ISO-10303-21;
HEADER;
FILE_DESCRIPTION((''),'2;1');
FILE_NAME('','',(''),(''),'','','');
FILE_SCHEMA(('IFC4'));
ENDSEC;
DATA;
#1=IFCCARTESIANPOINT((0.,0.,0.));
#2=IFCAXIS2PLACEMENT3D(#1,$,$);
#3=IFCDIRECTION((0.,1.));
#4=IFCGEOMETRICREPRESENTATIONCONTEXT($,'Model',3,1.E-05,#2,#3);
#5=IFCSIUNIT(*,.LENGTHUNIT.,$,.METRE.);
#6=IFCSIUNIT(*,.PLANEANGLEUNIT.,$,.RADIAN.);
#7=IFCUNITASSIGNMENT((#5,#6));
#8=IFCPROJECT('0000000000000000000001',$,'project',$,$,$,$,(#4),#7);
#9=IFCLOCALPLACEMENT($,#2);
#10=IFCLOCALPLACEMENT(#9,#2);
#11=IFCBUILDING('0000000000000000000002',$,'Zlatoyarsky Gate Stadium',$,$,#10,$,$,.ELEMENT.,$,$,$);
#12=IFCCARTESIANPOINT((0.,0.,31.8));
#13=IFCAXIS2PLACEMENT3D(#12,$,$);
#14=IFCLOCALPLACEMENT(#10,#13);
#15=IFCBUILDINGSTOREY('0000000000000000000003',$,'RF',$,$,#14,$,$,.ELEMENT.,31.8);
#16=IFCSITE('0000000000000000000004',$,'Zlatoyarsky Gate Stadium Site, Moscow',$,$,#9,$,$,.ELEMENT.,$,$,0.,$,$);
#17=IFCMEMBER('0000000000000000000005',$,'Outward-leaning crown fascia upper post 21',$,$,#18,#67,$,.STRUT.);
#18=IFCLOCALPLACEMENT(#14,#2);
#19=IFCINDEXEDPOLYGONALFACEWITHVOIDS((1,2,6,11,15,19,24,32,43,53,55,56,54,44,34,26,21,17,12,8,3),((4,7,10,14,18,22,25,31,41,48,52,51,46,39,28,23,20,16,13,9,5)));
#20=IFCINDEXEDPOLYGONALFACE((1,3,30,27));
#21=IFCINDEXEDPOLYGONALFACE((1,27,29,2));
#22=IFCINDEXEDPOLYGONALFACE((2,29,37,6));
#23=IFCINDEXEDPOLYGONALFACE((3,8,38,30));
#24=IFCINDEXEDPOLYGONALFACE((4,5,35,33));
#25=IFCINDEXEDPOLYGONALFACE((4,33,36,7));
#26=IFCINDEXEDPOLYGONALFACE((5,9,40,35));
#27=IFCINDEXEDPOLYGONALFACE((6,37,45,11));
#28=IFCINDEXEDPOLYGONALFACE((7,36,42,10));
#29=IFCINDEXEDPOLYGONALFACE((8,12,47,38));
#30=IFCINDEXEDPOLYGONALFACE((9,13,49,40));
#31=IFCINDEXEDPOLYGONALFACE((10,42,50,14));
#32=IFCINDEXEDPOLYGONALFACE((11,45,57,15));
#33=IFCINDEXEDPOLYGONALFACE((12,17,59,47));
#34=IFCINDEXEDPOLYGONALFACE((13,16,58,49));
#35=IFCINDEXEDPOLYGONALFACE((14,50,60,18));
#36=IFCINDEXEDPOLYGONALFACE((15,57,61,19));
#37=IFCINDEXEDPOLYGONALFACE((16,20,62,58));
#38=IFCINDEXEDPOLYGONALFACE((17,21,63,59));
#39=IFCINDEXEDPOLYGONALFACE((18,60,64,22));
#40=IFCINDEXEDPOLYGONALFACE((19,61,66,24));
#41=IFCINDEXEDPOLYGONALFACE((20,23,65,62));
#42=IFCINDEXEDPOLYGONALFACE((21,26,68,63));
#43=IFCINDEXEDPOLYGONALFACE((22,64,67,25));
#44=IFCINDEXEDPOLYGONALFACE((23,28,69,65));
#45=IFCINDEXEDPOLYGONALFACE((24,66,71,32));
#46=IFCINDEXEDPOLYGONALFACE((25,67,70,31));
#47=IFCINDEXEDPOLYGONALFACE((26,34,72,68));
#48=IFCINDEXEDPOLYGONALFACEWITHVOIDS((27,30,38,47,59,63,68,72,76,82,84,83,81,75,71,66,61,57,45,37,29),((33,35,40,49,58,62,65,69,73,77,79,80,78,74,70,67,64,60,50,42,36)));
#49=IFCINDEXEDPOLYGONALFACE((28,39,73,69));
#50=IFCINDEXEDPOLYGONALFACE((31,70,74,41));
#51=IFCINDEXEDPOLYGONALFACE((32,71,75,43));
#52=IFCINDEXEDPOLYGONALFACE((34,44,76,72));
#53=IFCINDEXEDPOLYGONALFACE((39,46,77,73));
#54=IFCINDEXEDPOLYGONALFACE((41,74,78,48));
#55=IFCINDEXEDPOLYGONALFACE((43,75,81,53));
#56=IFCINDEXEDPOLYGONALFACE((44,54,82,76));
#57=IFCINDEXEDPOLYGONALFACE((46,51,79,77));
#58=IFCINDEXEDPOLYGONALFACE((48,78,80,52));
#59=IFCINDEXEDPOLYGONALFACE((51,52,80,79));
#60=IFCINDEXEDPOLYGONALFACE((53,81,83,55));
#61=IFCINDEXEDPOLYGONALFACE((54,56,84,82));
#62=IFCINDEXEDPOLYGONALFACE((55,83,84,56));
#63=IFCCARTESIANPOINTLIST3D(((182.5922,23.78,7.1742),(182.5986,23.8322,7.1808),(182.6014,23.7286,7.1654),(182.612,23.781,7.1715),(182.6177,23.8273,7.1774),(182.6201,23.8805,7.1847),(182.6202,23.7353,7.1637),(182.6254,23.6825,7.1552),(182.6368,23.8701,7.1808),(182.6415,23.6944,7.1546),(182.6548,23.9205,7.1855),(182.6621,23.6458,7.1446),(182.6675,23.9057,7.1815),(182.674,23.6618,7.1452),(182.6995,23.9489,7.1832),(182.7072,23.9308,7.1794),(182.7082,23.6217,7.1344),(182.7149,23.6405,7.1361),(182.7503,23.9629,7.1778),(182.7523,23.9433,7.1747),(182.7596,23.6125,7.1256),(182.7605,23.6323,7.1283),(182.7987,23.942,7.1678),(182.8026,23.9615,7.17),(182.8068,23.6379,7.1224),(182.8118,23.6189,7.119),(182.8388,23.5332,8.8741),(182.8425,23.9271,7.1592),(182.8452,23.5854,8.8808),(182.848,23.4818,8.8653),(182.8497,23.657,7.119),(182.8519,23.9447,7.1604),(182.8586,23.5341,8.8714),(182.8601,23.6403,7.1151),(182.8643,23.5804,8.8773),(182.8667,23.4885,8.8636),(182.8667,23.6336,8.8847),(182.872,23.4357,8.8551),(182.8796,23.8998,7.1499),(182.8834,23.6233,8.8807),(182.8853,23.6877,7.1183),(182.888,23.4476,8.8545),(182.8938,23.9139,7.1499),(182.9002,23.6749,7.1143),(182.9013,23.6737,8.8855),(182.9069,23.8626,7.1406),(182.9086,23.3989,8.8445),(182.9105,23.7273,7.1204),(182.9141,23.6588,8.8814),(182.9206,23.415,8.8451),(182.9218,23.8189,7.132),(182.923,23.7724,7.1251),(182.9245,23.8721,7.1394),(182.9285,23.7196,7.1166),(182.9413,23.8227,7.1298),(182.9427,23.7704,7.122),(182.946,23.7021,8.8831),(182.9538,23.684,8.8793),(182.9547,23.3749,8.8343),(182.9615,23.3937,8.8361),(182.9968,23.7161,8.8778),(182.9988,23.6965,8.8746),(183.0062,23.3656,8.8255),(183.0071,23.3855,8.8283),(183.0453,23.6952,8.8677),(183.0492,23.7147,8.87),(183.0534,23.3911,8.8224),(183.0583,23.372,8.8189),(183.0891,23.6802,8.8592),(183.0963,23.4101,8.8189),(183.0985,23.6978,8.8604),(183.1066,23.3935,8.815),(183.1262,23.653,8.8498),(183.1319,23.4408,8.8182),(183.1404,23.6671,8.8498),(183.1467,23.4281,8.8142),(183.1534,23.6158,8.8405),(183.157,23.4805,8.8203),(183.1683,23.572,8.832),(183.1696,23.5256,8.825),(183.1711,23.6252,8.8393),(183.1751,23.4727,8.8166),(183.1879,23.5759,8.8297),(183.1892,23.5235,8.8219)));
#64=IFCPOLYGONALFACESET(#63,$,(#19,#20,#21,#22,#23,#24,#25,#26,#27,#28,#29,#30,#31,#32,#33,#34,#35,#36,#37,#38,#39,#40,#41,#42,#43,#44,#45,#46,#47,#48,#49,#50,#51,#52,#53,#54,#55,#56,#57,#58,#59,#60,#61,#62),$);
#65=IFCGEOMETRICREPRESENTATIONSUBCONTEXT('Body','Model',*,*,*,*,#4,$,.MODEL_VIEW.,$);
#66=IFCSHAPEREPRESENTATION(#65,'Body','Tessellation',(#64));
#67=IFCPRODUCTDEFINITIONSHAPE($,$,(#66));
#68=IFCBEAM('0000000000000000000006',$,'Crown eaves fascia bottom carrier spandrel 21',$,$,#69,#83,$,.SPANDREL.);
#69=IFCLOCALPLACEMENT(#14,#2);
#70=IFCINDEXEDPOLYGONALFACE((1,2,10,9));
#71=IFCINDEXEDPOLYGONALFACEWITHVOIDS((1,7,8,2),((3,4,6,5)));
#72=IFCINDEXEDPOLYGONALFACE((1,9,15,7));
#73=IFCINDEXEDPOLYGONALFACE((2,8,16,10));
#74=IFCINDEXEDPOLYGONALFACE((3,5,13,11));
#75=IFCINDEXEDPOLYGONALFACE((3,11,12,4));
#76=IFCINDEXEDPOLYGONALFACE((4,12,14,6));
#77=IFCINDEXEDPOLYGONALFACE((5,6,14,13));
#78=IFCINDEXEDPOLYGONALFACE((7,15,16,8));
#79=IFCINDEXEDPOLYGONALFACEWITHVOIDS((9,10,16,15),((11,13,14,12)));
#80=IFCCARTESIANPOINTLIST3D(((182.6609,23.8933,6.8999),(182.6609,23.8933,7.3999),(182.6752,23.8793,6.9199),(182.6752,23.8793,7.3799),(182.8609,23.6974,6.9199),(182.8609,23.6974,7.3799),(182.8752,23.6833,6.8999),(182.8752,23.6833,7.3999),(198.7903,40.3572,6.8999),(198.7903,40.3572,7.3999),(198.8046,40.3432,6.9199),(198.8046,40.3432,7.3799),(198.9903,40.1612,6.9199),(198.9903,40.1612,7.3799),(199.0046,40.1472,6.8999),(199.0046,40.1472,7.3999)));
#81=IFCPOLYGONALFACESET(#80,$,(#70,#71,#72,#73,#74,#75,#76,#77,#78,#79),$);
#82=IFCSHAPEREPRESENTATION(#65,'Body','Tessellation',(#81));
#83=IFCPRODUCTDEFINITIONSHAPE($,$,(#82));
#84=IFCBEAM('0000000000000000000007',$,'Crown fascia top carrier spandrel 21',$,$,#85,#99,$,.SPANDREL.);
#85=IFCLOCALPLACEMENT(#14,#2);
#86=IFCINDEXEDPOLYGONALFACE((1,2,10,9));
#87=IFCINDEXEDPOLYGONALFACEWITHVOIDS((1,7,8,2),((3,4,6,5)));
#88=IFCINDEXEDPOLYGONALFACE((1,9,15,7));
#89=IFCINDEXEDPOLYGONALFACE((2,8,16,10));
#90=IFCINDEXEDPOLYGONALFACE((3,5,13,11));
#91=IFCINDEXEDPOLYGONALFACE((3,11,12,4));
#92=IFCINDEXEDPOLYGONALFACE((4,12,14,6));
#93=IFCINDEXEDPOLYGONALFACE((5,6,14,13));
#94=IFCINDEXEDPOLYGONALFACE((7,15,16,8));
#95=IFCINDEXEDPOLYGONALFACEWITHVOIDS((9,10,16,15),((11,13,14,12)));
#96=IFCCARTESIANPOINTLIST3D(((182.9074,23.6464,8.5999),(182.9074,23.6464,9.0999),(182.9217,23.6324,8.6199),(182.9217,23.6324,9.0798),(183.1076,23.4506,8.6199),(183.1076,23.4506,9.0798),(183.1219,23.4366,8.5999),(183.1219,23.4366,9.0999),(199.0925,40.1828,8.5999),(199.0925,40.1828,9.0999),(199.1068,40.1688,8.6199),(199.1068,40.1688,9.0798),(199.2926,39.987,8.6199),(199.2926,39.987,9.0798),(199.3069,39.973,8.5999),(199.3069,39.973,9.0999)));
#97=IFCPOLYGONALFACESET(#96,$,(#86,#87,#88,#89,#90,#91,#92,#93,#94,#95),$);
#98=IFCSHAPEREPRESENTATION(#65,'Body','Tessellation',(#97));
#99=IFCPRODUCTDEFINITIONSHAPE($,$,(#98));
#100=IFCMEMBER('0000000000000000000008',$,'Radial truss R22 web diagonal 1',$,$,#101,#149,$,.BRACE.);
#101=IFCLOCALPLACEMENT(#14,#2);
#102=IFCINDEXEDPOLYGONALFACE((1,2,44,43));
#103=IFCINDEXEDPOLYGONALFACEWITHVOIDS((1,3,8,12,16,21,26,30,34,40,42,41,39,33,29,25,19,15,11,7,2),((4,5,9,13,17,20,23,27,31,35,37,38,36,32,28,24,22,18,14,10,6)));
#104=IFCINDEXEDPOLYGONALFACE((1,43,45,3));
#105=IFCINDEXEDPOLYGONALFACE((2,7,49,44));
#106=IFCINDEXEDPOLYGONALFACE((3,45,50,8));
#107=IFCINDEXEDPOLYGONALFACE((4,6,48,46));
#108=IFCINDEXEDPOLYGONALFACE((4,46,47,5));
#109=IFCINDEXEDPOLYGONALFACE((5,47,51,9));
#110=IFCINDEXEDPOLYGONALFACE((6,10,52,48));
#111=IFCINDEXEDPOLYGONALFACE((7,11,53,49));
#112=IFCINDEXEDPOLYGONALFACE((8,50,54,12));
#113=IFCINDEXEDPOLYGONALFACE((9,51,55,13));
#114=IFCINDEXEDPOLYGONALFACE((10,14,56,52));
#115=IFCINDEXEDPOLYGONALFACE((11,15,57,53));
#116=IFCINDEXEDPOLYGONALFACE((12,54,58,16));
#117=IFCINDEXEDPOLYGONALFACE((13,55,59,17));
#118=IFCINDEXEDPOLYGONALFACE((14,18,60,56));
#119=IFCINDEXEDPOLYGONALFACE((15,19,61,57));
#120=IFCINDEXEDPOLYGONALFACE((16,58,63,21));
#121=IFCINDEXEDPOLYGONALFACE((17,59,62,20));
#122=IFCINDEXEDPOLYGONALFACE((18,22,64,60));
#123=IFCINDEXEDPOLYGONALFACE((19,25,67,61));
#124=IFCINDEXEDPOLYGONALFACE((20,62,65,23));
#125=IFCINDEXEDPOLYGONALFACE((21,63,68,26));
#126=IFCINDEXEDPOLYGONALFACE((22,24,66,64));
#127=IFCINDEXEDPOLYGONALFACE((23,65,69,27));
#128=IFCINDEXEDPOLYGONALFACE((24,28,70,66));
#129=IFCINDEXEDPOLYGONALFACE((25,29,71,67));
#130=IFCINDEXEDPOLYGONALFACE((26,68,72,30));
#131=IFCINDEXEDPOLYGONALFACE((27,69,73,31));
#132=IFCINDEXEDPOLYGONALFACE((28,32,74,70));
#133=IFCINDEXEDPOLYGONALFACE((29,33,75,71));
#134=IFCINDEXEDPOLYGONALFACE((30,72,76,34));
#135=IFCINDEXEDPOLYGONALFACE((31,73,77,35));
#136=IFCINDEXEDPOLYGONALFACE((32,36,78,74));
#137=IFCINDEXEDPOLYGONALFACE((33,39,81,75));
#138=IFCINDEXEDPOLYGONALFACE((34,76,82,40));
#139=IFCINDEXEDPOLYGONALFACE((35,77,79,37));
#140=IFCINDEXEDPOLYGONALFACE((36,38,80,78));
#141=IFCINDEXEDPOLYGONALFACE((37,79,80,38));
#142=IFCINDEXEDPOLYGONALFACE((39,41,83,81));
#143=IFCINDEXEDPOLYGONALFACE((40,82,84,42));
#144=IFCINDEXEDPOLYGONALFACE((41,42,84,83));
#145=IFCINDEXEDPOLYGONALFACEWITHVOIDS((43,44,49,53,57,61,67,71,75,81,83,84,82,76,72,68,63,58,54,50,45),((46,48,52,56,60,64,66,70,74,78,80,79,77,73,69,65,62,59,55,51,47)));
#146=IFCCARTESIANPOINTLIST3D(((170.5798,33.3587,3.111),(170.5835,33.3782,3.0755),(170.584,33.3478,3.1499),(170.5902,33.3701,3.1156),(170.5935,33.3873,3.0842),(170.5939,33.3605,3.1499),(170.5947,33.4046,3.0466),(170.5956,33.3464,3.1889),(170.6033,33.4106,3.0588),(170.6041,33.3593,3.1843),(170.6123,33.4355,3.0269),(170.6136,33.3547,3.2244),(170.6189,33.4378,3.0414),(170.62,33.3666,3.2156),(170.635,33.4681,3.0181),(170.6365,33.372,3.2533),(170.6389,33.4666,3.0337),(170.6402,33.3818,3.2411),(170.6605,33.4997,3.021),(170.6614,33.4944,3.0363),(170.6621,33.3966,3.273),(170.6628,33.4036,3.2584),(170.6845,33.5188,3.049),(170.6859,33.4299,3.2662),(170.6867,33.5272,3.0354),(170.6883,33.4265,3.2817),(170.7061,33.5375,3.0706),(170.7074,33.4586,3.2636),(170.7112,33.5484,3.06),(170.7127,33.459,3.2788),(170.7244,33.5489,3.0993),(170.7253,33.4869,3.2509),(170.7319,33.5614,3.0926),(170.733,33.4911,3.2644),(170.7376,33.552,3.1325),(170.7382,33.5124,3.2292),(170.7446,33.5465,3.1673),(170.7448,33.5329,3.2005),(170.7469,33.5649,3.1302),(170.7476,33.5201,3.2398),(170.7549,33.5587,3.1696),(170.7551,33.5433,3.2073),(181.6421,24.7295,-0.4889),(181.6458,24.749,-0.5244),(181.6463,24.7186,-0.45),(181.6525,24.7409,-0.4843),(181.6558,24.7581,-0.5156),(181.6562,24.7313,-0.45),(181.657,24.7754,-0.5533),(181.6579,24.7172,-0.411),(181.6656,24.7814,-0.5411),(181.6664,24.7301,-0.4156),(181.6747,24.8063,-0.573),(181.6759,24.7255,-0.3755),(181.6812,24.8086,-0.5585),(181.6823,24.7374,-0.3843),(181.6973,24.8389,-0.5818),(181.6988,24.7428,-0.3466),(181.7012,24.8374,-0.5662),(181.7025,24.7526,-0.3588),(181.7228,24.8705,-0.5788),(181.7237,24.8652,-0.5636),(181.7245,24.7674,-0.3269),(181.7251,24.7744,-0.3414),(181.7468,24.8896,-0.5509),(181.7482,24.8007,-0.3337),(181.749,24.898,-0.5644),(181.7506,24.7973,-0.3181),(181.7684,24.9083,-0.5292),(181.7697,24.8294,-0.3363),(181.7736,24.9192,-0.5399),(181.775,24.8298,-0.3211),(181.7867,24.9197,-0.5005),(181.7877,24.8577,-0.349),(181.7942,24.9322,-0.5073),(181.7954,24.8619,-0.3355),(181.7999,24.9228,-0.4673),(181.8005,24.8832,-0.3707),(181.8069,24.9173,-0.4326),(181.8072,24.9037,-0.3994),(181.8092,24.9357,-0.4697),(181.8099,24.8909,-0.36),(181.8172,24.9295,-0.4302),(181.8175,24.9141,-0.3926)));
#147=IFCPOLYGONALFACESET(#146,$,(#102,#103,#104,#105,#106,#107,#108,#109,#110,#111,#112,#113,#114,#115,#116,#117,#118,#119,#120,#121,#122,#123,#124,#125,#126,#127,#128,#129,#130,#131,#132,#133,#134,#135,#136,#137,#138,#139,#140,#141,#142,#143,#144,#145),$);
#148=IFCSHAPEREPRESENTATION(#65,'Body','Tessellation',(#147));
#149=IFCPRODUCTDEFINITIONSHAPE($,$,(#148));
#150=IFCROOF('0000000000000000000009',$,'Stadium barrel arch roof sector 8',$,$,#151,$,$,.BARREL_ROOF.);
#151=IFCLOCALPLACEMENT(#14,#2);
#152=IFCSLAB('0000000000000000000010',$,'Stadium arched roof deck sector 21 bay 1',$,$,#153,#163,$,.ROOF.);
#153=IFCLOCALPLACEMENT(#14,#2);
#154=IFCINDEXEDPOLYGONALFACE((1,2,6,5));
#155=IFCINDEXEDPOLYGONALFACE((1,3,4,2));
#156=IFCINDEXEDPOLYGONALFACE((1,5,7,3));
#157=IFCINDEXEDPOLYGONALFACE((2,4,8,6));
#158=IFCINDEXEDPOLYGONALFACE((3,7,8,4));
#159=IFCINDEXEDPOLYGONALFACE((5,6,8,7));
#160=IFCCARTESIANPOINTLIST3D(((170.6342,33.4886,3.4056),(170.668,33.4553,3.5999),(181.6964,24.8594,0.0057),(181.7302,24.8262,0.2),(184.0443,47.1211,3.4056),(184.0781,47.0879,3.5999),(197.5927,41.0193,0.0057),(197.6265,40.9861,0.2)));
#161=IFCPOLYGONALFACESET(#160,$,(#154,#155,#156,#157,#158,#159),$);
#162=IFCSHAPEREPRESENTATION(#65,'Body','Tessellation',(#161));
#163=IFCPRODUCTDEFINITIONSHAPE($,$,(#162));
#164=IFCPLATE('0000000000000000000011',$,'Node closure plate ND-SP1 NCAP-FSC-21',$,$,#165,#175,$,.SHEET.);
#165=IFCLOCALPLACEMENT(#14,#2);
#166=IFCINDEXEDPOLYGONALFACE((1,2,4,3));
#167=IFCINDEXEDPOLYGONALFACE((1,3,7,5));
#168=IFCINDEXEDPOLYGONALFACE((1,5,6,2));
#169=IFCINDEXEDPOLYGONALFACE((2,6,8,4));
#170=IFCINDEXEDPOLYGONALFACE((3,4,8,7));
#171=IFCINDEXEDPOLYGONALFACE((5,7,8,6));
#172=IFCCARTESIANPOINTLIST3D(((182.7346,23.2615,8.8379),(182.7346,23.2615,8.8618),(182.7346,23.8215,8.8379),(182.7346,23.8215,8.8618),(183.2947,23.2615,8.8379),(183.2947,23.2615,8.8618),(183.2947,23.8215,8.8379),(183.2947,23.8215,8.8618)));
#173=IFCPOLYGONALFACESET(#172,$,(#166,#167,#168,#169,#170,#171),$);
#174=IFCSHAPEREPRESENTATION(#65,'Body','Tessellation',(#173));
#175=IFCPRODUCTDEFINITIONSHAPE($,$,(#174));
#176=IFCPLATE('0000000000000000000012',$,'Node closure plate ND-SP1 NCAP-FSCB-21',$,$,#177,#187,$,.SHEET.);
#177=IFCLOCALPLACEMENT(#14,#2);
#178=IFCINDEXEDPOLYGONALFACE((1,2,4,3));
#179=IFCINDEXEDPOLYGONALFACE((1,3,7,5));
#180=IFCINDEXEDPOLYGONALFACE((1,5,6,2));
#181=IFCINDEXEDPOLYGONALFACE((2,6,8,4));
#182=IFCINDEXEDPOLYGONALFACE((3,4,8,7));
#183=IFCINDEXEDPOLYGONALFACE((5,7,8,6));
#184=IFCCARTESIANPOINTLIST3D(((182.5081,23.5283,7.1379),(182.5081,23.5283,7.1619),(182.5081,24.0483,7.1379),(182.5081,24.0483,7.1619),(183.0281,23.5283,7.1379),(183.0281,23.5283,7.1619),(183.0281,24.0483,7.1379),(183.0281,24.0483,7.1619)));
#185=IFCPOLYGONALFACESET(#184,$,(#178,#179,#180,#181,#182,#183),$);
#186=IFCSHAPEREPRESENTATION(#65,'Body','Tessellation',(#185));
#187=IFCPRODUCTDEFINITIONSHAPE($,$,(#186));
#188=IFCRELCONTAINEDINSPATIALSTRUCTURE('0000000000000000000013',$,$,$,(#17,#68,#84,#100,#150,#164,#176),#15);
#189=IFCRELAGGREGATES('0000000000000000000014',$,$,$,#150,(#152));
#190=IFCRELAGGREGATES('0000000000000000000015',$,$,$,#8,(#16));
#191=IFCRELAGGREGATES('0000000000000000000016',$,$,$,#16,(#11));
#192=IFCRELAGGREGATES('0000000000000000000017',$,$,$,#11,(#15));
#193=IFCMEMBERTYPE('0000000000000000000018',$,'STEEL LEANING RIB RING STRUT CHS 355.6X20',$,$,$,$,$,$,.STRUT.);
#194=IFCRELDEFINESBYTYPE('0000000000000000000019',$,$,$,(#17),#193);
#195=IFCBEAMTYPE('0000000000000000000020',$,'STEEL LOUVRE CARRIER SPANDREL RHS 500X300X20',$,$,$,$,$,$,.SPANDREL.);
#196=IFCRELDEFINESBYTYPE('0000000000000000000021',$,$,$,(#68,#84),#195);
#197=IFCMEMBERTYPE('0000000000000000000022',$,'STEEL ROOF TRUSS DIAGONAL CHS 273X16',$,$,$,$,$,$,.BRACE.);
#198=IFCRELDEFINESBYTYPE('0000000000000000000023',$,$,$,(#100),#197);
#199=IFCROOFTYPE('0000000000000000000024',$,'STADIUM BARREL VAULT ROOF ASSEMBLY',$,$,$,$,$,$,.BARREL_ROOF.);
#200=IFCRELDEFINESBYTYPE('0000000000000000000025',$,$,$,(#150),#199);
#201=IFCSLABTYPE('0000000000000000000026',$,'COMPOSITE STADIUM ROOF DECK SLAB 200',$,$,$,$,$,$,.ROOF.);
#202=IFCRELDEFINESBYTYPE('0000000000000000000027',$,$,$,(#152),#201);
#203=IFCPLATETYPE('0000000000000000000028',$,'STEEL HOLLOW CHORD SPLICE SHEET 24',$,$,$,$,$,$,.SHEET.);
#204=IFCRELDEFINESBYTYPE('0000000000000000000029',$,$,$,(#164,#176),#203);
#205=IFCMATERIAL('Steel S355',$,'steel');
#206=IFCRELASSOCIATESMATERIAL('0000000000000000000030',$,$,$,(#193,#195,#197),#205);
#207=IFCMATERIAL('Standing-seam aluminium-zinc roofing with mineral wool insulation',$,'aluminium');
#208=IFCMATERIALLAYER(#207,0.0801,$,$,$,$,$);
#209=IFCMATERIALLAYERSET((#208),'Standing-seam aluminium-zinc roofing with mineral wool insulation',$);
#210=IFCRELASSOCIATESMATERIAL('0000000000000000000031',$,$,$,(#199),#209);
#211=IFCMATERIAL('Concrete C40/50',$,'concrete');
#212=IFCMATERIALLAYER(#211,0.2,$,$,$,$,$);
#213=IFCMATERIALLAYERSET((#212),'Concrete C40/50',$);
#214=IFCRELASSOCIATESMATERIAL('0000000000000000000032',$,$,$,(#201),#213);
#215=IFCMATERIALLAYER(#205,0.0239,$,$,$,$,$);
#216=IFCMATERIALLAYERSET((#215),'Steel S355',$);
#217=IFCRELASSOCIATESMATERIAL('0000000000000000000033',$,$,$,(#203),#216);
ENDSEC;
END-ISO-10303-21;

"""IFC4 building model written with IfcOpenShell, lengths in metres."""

from ifc_helpers import new_model, si_unit, direction, frame, origin, origin_2d, place, context, subcontext, project, spatial, polyline, rectangle, hollow_rectangle, hollow_circle, outline, extrude, material, layer, layer_set, material_profile, profile_set, type_object, element, aggregate, save


model = new_model("IFC4")

# Units and contexts
model_context = context("Model", 3, precision=1e-05, world=origin(), true_north=direction((0.0, 1.0)))
body_context = subcontext(model_context, "Body", "Model", "MODEL_VIEW")
ifc_project = project(units=[si_unit("LENGTHUNIT", "METRE"), si_unit("PLANEANGLEUNIT", "RADIAN")], contexts=[model_context])

# Site, building, storey
site_placement = place(None, origin())
site = spatial("IfcSite", under=ifc_project, at=site_placement, Name="Zlatoyarsky Gate Stadium Site, Moscow", CompositionType="ELEMENT", RefElevation=0.0)
building_placement = place(site_placement, origin())
building = spatial("IfcBuilding", under=site, at=building_placement, Name="Zlatoyarsky Gate Stadium", CompositionType="ELEMENT")
storey_placement = place(building_placement, frame((0.0, 0.0, 31.8)))
storey = spatial("IfcBuildingStorey", under=building, at=storey_placement, Name="RF", CompositionType="ELEMENT", Elevation=31.8)

# Member
ifc_material_1 = material(Name="Steel S355", Category="steel")
ifc_material_profile_1 = material_profile(ifc_material_1, hollow_circle(Radius=0.1777, WallThickness=0.02, at=origin_2d()), Name="CHS 355.6X20")
ifc_profile_set_1 = profile_set([ifc_material_profile_1], Name="Steel S355")
member_type_1 = type_object("IfcMemberType", Name="STEEL LEANING RIB RING STRUT CHS 355.6X20", PredefinedType="STRUT", material=ifc_profile_set_1)
member_1_placement = place(storey_placement, frame((182.7681, 23.7883, 7.1499), z_axis=(0.142091, -0.142231, 0.979582), x_axis=(0.707457, 0.706757, 0.0)))
element("IfcMember", 1, at=member_1_placement, inside=storey, type_object=member_type_1, Name="Outward-leaning crown fascia upper post 21", PredefinedType="STRUT", context=body_context, shape_type="SweptSolid", body=[
    extrude(hollow_circle(Radius=0.1777, WallThickness=0.02, at=origin_2d()), origin(), (0.0, 0.0, 1.0), 1.7354),
])

# Beams
ifc_material_profile_2 = material_profile(ifc_material_1, hollow_rectangle(XDim=0.3, YDim=0.5, WallThickness=0.02, at=origin_2d()), Name="RHS 500X300X20")
ifc_profile_set_2 = profile_set([ifc_material_profile_2], Name="Steel S355")
beam_type = type_object("IfcBeamType", Name="STEEL LOUVRE CARRIER SPANDREL RHS 500X300X20", PredefinedType="SPANDREL", material=ifc_profile_set_2)
beam_1_placement = place(storey_placement, frame((182.7681, 23.7883, 7.1499), z_axis=(0.699814, 0.714326, 0.0), x_axis=(-0.714326, 0.699814, 0.0)))
element("IfcBeam", 2, at=beam_1_placement, inside=storey, type_object=beam_type, Name="Crown eaves fascia bottom carrier spandrel 21", PredefinedType="SPANDREL", context=body_context, shape_type="SweptSolid", body=[
    extrude(hollow_rectangle(XDim=0.3, YDim=0.5, WallThickness=0.02, at=origin_2d()), origin(), (0.0, 0.0, 1.0), 23.0481),
])
beam_2_placement = place(storey_placement, frame((183.0146, 23.5415, 8.8499), z_axis=(0.699475, 0.714658, 0.0), x_axis=(-0.714658, 0.699475, 0.0)))
element("IfcBeam", 3, at=beam_2_placement, inside=storey, type_object=beam_type, Name="Crown fascia top carrier spandrel 21", PredefinedType="SPANDREL", context=body_context, shape_type="SweptSolid", body=[
    extrude(hollow_rectangle(XDim=0.3, YDim=0.5, WallThickness=0.02, at=origin_2d()), origin(), (0.0, 0.0, 1.0), 23.1389),
])

# Member
ifc_material_profile_3 = material_profile(ifc_material_1, hollow_circle(Radius=0.1365, WallThickness=0.0161, at=origin_2d()), Name="CHS 273X16")
ifc_profile_set_3 = profile_set([ifc_material_profile_3], Name="Steel S355")
member_type_2 = type_object("IfcMemberType", Name="STEEL ROOF TRUSS DIAGONAL CHS 273X16", PredefinedType="BRACE", material=ifc_profile_set_3)
member_2_placement = place(storey_placement, frame((181.7302, 24.8262, -0.45), z_axis=(-0.763742, 0.595759, 0.248535), x_axis=(-0.615058, -0.788482, 0.0)))
element("IfcMember", 4, at=member_2_placement, inside=storey, type_object=member_type_2, Name="Radial truss R22 web diagonal 1", PredefinedType="BRACE", context=body_context, shape_type="SweptSolid", body=[
    extrude(hollow_circle(Radius=0.1365, WallThickness=0.0161, at=origin_2d()), origin(), (0.0, 0.0, 1.0), 14.4844),
])

# Roof, slab
ifc_material_2 = material(Name="Standing-seam aluminium-zinc roofing with mineral wool insulation", Category="aluminium")
ifc_layer_1 = layer(ifc_material_2, 0.0801)
ifc_layer_set_1 = layer_set([ifc_layer_1], Name="Standing-seam aluminium-zinc roofing with mineral wool insulation")
roof_type = type_object("IfcRoofType", Name="STADIUM BARREL VAULT ROOF ASSEMBLY", PredefinedType="BARREL_ROOF", material=ifc_layer_set_1)
roof_placement = place(storey_placement, origin())
roof = element("IfcRoof", 5, at=roof_placement, inside=storey, type_object=roof_type, Name="Stadium barrel arch roof sector 8", PredefinedType="BARREL_ROOF")
ifc_material_3 = material(Name="Concrete C40/50", Category="concrete")
ifc_layer_2 = layer(ifc_material_3, 0.2)
ifc_layer_set_2 = layer_set([ifc_layer_2], Name="Concrete C40/50")
slab_type = type_object("IfcSlabType", Name="COMPOSITE STADIUM ROOF DECK SLAB 200", PredefinedType="ROOF", material=ifc_layer_set_2)
slab_placement = place(storey_placement, frame((181.7302, 24.8262, 0.2), z_axis=(0.168949, -0.166192, 0.971513), x_axis=(0.701267, 0.712899, 0.0)))
slab = element("IfcSlab", 6, at=slab_placement, type_object=slab_type, Name="Stadium arched roof deck sector 21 bay 1", PredefinedType="ROOF", context=body_context, shape_type="SweptSolid", body=[
    extrude(outline(polyline([(0.0, 0.0), (22.6679, 0.0), (17.5169, 14.3463), (-1.6059, 14.3463), (0.0, 0.0)])), origin(), (0.0, 0.0, -1.0), 0.2),
])

# Plates
ifc_layer_3 = layer(ifc_material_1, 0.0239)
ifc_layer_set_3 = layer_set([ifc_layer_3], Name="Steel S355")
plate_type_1 = type_object("IfcPlateType", Name="STEEL HOLLOW CHORD SPLICE SHEET 24", PredefinedType="SHEET", material=ifc_layer_set_3)
plate_1_placement = place(storey_placement, frame((183.0146, 23.5415, 8.8379), z_axis=(0.0, 0.0, 1.0), x_axis=(1.0, 0.0, 0.0)))
element("IfcPlate", 7, at=plate_1_placement, inside=storey, type_object=plate_type_1, Name="Node closure plate ND-SP1 NCAP-FSC-21", PredefinedType="SHEET", context=body_context, shape_type="SweptSolid", body=[
    extrude(rectangle(XDim=0.5601, YDim=0.5601, at=origin_2d()), origin(), (0.0, 0.0, 1.0), 0.0239),
])
plate_2_placement = place(storey_placement, frame((182.7681, 23.7883, 7.1379), z_axis=(0.0, 0.0, 1.0), x_axis=(1.0, 0.0, 0.0)))
element("IfcPlate", 8, at=plate_2_placement, inside=storey, type_object=plate_type_1, Name="Node closure plate ND-SP1 NCAP-FSCB-21", PredefinedType="SHEET", context=body_context, shape_type="SweptSolid", body=[
    extrude(rectangle(XDim=0.52, YDim=0.52, at=origin_2d()), origin(), (0.0, 0.0, 1.0), 0.0239),
])

aggregate(roof, [slab])

save(model, "model.ifc")
